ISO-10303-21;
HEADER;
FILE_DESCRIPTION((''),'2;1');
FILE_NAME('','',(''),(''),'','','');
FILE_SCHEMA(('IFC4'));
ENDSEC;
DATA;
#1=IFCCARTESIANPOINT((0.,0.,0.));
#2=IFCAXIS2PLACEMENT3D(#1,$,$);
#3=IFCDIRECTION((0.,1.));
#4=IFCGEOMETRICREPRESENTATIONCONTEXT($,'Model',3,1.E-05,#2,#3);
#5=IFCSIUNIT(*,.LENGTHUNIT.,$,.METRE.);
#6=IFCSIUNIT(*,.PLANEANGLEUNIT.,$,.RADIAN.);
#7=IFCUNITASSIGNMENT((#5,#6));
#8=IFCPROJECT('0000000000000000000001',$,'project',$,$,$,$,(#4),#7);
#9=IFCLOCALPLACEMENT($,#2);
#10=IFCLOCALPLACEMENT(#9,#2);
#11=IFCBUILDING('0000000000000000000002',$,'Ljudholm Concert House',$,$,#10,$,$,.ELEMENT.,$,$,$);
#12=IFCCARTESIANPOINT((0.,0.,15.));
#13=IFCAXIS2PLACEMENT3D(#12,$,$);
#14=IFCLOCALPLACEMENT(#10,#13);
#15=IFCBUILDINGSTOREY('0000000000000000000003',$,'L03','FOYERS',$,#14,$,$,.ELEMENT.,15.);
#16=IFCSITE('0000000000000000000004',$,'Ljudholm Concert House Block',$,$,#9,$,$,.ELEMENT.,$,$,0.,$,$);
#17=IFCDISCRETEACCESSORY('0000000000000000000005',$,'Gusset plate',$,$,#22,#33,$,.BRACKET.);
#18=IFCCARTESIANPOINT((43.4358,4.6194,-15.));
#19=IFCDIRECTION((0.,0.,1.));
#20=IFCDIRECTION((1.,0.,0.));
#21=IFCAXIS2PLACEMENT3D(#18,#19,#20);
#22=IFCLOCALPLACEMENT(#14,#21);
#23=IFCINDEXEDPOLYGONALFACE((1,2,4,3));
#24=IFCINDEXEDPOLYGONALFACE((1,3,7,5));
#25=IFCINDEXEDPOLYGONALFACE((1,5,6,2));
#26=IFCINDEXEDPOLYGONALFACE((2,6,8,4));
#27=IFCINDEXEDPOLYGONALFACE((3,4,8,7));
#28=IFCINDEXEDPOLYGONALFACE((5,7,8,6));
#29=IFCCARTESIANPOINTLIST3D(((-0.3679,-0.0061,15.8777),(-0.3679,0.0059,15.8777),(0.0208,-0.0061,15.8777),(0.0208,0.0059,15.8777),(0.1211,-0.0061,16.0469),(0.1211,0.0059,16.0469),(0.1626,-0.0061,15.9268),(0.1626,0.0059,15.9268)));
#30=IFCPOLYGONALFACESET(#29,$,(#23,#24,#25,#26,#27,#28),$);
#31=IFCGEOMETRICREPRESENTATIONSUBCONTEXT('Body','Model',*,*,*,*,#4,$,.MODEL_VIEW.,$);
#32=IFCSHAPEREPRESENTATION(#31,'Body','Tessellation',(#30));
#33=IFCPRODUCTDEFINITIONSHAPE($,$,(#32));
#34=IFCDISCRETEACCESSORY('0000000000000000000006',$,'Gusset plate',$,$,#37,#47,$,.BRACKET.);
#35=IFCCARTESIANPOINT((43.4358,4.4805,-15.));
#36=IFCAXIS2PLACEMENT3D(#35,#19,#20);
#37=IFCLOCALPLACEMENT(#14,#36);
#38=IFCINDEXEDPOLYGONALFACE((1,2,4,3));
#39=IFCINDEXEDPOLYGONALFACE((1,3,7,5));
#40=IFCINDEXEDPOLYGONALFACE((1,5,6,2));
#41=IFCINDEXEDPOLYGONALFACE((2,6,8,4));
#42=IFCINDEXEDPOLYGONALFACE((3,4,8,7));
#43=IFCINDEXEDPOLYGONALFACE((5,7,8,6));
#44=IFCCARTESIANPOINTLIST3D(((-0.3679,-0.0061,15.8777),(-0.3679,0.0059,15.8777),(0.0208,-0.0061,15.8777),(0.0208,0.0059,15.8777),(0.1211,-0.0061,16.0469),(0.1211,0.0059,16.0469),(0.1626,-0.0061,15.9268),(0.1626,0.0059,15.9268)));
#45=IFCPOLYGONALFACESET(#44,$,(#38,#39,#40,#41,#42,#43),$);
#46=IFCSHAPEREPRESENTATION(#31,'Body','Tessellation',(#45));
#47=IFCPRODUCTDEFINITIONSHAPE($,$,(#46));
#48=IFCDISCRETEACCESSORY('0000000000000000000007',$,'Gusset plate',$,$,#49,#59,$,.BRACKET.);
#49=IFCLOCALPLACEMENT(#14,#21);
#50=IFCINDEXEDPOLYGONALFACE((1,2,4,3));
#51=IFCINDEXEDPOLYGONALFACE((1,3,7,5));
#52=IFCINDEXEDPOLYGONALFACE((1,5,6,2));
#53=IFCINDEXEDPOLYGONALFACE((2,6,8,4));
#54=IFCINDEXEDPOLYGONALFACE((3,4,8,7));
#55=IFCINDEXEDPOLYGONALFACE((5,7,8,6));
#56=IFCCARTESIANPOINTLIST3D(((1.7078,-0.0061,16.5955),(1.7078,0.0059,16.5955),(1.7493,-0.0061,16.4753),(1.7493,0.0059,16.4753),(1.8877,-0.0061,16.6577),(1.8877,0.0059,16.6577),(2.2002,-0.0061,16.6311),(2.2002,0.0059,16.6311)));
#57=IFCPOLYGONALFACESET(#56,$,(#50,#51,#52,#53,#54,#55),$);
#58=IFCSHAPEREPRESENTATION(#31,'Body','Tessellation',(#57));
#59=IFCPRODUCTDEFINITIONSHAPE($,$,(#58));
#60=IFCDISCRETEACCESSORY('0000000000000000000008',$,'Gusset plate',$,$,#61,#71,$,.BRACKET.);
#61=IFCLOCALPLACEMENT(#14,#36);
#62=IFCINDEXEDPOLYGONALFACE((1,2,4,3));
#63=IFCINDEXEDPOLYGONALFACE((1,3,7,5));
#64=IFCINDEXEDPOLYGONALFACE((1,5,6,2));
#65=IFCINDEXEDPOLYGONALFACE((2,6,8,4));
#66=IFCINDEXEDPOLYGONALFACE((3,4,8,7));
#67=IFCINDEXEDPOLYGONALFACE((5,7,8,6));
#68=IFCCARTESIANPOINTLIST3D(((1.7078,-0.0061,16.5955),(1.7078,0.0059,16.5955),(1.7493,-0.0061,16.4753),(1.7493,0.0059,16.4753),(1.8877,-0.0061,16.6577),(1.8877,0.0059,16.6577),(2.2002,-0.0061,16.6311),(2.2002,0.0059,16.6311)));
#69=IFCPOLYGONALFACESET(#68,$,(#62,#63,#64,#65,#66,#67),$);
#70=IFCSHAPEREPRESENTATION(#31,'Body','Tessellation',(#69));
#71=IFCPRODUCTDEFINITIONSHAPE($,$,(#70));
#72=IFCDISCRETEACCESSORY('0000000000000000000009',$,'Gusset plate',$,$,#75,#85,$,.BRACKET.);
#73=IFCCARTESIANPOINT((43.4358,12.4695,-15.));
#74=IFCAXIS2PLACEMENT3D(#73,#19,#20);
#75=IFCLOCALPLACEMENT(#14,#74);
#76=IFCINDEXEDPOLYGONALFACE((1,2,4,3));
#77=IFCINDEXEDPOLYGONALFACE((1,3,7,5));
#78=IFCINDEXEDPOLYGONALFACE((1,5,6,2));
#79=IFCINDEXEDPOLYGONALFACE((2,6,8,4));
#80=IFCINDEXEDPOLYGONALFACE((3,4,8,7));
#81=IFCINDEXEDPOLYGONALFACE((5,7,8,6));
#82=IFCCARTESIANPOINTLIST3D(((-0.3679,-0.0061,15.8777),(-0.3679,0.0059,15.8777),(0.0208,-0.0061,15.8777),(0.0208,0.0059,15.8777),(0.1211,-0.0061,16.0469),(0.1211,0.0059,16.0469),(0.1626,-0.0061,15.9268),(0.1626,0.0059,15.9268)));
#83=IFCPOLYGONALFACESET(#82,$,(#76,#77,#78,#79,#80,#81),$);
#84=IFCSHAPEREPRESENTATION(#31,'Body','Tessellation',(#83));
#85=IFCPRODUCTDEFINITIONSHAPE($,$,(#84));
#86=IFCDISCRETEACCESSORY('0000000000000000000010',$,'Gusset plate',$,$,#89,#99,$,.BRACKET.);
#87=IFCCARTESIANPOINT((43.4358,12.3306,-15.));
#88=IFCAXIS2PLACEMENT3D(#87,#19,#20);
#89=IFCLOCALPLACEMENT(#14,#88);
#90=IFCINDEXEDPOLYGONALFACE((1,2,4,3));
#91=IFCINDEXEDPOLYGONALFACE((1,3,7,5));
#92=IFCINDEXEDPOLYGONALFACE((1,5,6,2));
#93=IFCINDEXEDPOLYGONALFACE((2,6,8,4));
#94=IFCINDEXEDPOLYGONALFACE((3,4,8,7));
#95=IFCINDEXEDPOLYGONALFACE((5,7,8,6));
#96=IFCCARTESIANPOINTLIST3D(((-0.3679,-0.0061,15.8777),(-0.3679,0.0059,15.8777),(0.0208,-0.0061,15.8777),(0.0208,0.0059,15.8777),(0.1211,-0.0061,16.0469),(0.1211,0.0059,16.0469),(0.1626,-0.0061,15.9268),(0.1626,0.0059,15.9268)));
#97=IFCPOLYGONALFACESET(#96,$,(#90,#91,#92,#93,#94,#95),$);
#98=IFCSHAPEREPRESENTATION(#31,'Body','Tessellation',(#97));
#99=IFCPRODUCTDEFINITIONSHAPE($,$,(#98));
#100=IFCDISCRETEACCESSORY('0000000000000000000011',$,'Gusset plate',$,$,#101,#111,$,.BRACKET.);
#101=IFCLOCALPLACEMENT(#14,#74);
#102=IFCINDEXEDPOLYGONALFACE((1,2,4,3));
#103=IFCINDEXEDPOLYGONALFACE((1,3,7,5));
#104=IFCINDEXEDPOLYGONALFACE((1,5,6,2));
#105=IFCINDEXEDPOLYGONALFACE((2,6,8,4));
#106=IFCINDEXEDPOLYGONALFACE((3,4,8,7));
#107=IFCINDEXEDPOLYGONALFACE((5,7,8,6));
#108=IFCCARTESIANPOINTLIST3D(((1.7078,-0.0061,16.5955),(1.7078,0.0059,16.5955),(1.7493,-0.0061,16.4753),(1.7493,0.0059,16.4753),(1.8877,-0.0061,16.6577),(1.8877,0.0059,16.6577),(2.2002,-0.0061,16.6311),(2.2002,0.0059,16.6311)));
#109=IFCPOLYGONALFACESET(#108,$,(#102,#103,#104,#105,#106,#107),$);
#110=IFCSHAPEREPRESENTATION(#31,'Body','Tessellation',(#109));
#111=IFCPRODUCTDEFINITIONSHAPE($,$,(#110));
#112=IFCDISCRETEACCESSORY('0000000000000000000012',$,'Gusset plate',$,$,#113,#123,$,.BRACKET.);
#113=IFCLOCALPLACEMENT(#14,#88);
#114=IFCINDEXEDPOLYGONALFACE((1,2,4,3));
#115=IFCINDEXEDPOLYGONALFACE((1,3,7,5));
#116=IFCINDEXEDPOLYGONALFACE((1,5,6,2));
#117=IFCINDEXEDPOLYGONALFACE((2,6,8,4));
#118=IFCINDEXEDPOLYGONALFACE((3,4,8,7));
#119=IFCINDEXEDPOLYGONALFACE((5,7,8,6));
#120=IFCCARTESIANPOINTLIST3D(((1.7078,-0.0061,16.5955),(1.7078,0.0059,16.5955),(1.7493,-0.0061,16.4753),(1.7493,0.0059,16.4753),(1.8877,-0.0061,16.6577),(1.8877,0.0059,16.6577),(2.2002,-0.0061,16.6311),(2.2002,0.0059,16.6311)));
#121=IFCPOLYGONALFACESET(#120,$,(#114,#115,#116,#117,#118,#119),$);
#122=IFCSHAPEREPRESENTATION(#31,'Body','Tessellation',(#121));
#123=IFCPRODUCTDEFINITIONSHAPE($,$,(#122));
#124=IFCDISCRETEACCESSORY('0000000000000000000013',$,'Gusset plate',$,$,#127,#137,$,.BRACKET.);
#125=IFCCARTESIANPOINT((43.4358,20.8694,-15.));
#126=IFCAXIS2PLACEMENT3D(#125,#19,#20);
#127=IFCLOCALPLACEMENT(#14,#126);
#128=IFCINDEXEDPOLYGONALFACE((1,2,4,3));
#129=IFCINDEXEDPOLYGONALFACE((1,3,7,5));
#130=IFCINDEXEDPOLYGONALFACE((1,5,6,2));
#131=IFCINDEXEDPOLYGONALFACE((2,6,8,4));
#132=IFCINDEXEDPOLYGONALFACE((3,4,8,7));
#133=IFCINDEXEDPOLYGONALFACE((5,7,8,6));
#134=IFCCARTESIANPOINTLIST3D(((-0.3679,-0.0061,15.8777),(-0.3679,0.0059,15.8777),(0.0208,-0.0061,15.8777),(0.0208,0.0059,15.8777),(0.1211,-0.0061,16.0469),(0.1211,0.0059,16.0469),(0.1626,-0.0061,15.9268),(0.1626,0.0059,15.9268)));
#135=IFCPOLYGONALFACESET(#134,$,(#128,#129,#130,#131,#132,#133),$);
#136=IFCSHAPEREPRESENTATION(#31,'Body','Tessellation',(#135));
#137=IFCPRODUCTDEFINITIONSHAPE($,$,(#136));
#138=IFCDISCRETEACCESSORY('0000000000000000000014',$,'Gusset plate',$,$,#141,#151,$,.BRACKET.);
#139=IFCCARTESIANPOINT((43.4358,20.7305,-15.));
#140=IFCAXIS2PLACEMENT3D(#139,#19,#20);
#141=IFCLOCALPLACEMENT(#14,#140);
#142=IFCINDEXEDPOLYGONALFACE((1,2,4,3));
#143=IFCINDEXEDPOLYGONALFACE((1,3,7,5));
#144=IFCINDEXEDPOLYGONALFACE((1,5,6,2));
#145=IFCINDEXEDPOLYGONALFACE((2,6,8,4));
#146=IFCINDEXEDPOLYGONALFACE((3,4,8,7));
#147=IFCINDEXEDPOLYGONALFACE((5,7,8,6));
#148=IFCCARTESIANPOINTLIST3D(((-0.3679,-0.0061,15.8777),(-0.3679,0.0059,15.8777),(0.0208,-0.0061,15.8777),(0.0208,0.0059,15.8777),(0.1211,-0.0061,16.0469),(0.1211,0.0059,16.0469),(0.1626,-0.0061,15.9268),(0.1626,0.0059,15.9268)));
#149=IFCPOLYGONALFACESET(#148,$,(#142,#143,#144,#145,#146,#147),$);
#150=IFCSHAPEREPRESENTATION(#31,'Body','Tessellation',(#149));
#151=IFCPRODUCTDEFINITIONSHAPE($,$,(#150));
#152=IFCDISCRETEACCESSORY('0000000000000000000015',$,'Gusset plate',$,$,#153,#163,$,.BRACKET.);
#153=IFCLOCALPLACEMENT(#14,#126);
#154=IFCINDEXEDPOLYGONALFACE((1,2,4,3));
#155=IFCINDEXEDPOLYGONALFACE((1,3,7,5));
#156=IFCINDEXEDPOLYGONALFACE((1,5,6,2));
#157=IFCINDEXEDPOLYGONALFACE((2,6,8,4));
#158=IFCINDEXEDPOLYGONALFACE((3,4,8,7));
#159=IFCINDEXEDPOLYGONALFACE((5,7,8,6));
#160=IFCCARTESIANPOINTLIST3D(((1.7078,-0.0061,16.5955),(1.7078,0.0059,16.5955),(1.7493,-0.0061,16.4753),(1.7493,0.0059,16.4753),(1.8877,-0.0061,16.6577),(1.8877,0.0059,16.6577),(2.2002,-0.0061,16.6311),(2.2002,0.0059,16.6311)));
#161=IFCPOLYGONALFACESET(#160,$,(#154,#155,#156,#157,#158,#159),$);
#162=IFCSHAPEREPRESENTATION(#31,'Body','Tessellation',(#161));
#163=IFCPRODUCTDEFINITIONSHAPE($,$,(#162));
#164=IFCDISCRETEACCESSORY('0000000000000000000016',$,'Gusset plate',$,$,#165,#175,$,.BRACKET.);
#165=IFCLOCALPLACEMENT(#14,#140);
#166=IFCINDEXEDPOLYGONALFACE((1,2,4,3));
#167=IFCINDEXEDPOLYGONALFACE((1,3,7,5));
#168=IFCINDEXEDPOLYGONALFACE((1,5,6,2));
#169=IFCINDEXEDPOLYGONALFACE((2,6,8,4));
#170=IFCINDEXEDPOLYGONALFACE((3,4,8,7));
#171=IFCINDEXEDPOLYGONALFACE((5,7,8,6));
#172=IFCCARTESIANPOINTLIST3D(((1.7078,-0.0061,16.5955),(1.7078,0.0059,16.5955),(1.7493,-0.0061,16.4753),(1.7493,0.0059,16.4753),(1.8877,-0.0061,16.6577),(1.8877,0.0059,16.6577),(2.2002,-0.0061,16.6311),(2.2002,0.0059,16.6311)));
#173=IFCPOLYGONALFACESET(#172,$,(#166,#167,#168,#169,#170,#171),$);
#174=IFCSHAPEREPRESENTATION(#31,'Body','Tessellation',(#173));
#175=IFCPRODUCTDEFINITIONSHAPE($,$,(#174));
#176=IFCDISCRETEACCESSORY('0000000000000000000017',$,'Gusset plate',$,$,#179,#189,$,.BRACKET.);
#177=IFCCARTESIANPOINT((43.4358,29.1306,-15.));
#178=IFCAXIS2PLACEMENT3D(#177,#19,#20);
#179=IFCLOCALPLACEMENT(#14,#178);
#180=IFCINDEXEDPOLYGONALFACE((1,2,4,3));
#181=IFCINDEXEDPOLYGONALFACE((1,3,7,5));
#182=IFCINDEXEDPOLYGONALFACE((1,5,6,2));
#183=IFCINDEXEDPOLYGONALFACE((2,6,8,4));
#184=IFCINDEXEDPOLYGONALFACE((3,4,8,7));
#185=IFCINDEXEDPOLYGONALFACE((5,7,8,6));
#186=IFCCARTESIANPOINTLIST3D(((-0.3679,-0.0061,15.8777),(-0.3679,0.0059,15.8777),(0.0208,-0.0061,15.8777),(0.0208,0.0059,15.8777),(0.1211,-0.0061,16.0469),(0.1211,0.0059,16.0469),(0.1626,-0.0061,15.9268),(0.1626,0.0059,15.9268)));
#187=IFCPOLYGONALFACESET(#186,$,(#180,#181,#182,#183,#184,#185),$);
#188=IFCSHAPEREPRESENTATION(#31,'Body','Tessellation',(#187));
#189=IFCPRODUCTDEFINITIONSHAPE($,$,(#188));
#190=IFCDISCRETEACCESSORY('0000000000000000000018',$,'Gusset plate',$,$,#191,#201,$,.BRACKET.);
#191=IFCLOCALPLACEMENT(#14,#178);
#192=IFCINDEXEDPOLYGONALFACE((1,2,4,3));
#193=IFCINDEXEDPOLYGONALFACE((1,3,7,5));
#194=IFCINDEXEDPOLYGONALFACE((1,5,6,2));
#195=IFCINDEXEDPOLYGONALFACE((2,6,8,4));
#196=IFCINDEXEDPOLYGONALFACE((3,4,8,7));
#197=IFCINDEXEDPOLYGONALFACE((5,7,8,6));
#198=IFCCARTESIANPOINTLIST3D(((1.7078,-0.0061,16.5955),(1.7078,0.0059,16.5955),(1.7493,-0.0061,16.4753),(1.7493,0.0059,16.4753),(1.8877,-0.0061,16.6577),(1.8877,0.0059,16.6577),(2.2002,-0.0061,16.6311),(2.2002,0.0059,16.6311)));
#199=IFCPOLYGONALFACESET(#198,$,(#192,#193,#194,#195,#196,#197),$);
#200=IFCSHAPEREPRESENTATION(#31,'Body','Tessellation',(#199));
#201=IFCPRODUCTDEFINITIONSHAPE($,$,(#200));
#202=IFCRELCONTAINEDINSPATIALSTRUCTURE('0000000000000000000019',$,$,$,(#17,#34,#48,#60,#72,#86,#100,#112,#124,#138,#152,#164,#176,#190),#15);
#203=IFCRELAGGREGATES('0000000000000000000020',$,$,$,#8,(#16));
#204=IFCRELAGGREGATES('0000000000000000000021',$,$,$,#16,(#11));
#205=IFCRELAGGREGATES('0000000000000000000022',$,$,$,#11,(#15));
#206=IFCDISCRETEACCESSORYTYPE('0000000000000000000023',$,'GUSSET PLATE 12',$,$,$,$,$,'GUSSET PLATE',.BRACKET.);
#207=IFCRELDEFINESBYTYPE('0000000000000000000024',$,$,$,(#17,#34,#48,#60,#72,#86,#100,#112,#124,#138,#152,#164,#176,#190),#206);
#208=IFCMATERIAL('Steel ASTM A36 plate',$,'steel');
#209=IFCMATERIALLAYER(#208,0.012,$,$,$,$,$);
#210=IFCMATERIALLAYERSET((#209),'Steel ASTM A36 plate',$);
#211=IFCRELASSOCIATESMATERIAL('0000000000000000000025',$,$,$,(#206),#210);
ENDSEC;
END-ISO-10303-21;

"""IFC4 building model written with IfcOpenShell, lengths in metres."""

from ifc_helpers import new_model, si_unit, direction, frame, origin, place, context, subcontext, project, spatial, polyline, outline, extrude, material, layer, layer_set, type_object, element, save


model = new_model("IFC4")

# Units and contexts
model_context = context("Model", 3, precision=1e-05, world=origin(), true_north=direction((0.0, 1.0)))
body_context = subcontext(model_context, "Body", "Model", "MODEL_VIEW")
ifc_project = project(units=[si_unit("LENGTHUNIT", "METRE"), si_unit("PLANEANGLEUNIT", "RADIAN")], contexts=[model_context])

# Site, building, storey
site_placement = place(None, origin())
site = spatial("IfcSite", under=ifc_project, at=site_placement, Name="Ljudholm Concert House Block", CompositionType="ELEMENT", RefElevation=0.0)
building_placement = place(site_placement, origin())
building = spatial("IfcBuilding", under=site, at=building_placement, Name="Ljudholm Concert House", CompositionType="ELEMENT")
storey_placement = place(building_placement, frame((0.0, 0.0, 15.0)))
storey = spatial("IfcBuildingStorey", under=building, at=storey_placement, Name="L03", Description="FOYERS", CompositionType="ELEMENT", Elevation=15.0)

# Discrete accessories
ifc_material_1 = material(Name="Steel ASTM A36 plate", Category="steel")
ifc_layer_1 = layer(ifc_material_1, 0.012)
ifc_layer_set_1 = layer_set([ifc_layer_1], Name="Steel ASTM A36 plate")
discrete_accessory_type_1 = type_object("IfcDiscreteAccessoryType", Name="GUSSET PLATE 12", ElementType="GUSSET PLATE", PredefinedType="BRACKET", material=ifc_layer_set_1)
for number, where, z_axis, x_axis, name in (
    (1, (43.4358, 4.6194, -15.0), (0.0, 0.0, 1.0), (1.0, 0.0, 0.0), "Gusset plate"),
    (2, (43.4358, 4.4805, -15.0), (0.0, 0.0, 1.0), (1.0, 0.0, 0.0), "Gusset plate"),
):
    element("IfcDiscreteAccessory", number, at=place(storey_placement, frame(where, z_axis=z_axis, x_axis=x_axis)), inside=storey, type_object=discrete_accessory_type_1, Name=name, PredefinedType="BRACKET", context=body_context, shape_type="SweptSolid", body=[
        extrude(outline(polyline([(0.1626, 15.9268), (0.0208, 15.8777), (-0.3679, 15.8777), (0.1211, 16.0469), (0.1626, 15.9268)])), frame((0.0, 0.0059, 0.0), z_axis=(0.0, -1.0, 0.0), x_axis=(1.0, 0.0, 0.0)), (0.0, 0.0, 1.0), 0.012),
    ])
for number, where, z_axis, x_axis, name in (
    (3, (43.4358, 4.6194, -15.0), (0.0, 0.0, 1.0), (1.0, 0.0, 0.0), "Gusset plate"),
    (4, (43.4358, 4.4805, -15.0), (0.0, 0.0, 1.0), (1.0, 0.0, 0.0), "Gusset plate"),
):
    element("IfcDiscreteAccessory", number, at=place(storey_placement, frame(where, z_axis=z_axis, x_axis=x_axis)), inside=storey, type_object=discrete_accessory_type_1, Name=name, PredefinedType="BRACKET", context=body_context, shape_type="SweptSolid", body=[
        extrude(outline(polyline([(1.7078, 16.5955), (1.8877, 16.6577), (2.2002, 16.6311), (1.7493, 16.4753), (1.7078, 16.5955)])), frame((0.0, 0.0059, 0.0), z_axis=(0.0, -1.0, 0.0), x_axis=(1.0, 0.0, 0.0)), (0.0, 0.0, 1.0), 0.012),
    ])
for number, where, z_axis, x_axis, name in (
    (5, (43.4358, 12.4695, -15.0), (0.0, 0.0, 1.0), (1.0, 0.0, 0.0), "Gusset plate"),
    (6, (43.4358, 12.3306, -15.0), (0.0, 0.0, 1.0), (1.0, 0.0, 0.0), "Gusset plate"),
):
    element("IfcDiscreteAccessory", number, at=place(storey_placement, frame(where, z_axis=z_axis, x_axis=x_axis)), inside=storey, type_object=discrete_accessory_type_1, Name=name, PredefinedType="BRACKET", context=body_context, shape_type="SweptSolid", body=[
        extrude(outline(polyline([(0.1626, 15.9268), (0.0208, 15.8777), (-0.3679, 15.8777), (0.1211, 16.0469), (0.1626, 15.9268)])), frame((0.0, 0.0059, 0.0), z_axis=(0.0, -1.0, 0.0), x_axis=(1.0, 0.0, 0.0)), (0.0, 0.0, 1.0), 0.012),
    ])
for number, where, z_axis, x_axis, name in (
    (7, (43.4358, 12.4695, -15.0), (0.0, 0.0, 1.0), (1.0, 0.0, 0.0), "Gusset plate"),
    (8, (43.4358, 12.3306, -15.0), (0.0, 0.0, 1.0), (1.0, 0.0, 0.0), "Gusset plate"),
):
    element("IfcDiscreteAccessory", number, at=place(storey_placement, frame(where, z_axis=z_axis, x_axis=x_axis)), inside=storey, type_object=discrete_accessory_type_1, Name=name, PredefinedType="BRACKET", context=body_context, shape_type="SweptSolid", body=[
        extrude(outline(polyline([(1.7078, 16.5955), (1.8877, 16.6577), (2.2002, 16.6311), (1.7493, 16.4753), (1.7078, 16.5955)])), frame((0.0, 0.0059, 0.0), z_axis=(0.0, -1.0, 0.0), x_axis=(1.0, 0.0, 0.0)), (0.0, 0.0, 1.0), 0.012),
    ])
for number, where, z_axis, x_axis, name in (
    (9, (43.4358, 20.8694, -15.0), (0.0, 0.0, 1.0), (1.0, 0.0, 0.0), "Gusset plate"),
    (10, (43.4358, 20.7305, -15.0), (0.0, 0.0, 1.0), (1.0, 0.0, 0.0), "Gusset plate"),
):
    element("IfcDiscreteAccessory", number, at=place(storey_placement, frame(where, z_axis=z_axis, x_axis=x_axis)), inside=storey, type_object=discrete_accessory_type_1, Name=name, PredefinedType="BRACKET", context=body_context, shape_type="SweptSolid", body=[
        extrude(outline(polyline([(0.1626, 15.9268), (0.0208, 15.8777), (-0.3679, 15.8777), (0.1211, 16.0469), (0.1626, 15.9268)])), frame((0.0, 0.0059, 0.0), z_axis=(0.0, -1.0, 0.0), x_axis=(1.0, 0.0, 0.0)), (0.0, 0.0, 1.0), 0.012),
    ])
for number, where, z_axis, x_axis, name in (
    (11, (43.4358, 20.8694, -15.0), (0.0, 0.0, 1.0), (1.0, 0.0, 0.0), "Gusset plate"),
    (12, (43.4358, 20.7305, -15.0), (0.0, 0.0, 1.0), (1.0, 0.0, 0.0), "Gusset plate"),
):
    element("IfcDiscreteAccessory", number, at=place(storey_placement, frame(where, z_axis=z_axis, x_axis=x_axis)), inside=storey, type_object=discrete_accessory_type_1, Name=name, PredefinedType="BRACKET", context=body_context, shape_type="SweptSolid", body=[
        extrude(outline(polyline([(1.7078, 16.5955), (1.8877, 16.6577), (2.2002, 16.6311), (1.7493, 16.4753), (1.7078, 16.5955)])), frame((0.0, 0.0059, 0.0), z_axis=(0.0, -1.0, 0.0), x_axis=(1.0, 0.0, 0.0)), (0.0, 0.0, 1.0), 0.012),
    ])
discrete_accessory_1_placement = place(storey_placement, frame((43.4358, 29.1306, -15.0), z_axis=(0.0, 0.0, 1.0), x_axis=(1.0, 0.0, 0.0)))
element("IfcDiscreteAccessory", 13, at=discrete_accessory_1_placement, inside=storey, type_object=discrete_accessory_type_1, Name="Gusset plate", PredefinedType="BRACKET", context=body_context, shape_type="SweptSolid", body=[
    extrude(outline(polyline([(0.1626, 15.9268), (0.0208, 15.8777), (-0.3679, 15.8777), (0.1211, 16.0469), (0.1626, 15.9268)])), frame((0.0, 0.0059, 0.0), z_axis=(0.0, -1.0, 0.0), x_axis=(1.0, 0.0, 0.0)), (0.0, 0.0, 1.0), 0.012),
])
discrete_accessory_2_placement = place(storey_placement, frame((43.4358, 29.1306, -15.0), z_axis=(0.0, 0.0, 1.0), x_axis=(1.0, 0.0, 0.0)))
element("IfcDiscreteAccessory", 14, at=discrete_accessory_2_placement, inside=storey, type_object=discrete_accessory_type_1, Name="Gusset plate", PredefinedType="BRACKET", context=body_context, shape_type="SweptSolid", body=[
    extrude(outline(polyline([(1.7078, 16.5955), (1.8877, 16.6577), (2.2002, 16.6311), (1.7493, 16.4753), (1.7078, 16.5955)])), frame((0.0, 0.0059, 0.0), z_axis=(0.0, -1.0, 0.0), x_axis=(1.0, 0.0, 0.0)), (0.0, 0.0, 1.0), 0.012),
])

save(model, "model.ifc")
